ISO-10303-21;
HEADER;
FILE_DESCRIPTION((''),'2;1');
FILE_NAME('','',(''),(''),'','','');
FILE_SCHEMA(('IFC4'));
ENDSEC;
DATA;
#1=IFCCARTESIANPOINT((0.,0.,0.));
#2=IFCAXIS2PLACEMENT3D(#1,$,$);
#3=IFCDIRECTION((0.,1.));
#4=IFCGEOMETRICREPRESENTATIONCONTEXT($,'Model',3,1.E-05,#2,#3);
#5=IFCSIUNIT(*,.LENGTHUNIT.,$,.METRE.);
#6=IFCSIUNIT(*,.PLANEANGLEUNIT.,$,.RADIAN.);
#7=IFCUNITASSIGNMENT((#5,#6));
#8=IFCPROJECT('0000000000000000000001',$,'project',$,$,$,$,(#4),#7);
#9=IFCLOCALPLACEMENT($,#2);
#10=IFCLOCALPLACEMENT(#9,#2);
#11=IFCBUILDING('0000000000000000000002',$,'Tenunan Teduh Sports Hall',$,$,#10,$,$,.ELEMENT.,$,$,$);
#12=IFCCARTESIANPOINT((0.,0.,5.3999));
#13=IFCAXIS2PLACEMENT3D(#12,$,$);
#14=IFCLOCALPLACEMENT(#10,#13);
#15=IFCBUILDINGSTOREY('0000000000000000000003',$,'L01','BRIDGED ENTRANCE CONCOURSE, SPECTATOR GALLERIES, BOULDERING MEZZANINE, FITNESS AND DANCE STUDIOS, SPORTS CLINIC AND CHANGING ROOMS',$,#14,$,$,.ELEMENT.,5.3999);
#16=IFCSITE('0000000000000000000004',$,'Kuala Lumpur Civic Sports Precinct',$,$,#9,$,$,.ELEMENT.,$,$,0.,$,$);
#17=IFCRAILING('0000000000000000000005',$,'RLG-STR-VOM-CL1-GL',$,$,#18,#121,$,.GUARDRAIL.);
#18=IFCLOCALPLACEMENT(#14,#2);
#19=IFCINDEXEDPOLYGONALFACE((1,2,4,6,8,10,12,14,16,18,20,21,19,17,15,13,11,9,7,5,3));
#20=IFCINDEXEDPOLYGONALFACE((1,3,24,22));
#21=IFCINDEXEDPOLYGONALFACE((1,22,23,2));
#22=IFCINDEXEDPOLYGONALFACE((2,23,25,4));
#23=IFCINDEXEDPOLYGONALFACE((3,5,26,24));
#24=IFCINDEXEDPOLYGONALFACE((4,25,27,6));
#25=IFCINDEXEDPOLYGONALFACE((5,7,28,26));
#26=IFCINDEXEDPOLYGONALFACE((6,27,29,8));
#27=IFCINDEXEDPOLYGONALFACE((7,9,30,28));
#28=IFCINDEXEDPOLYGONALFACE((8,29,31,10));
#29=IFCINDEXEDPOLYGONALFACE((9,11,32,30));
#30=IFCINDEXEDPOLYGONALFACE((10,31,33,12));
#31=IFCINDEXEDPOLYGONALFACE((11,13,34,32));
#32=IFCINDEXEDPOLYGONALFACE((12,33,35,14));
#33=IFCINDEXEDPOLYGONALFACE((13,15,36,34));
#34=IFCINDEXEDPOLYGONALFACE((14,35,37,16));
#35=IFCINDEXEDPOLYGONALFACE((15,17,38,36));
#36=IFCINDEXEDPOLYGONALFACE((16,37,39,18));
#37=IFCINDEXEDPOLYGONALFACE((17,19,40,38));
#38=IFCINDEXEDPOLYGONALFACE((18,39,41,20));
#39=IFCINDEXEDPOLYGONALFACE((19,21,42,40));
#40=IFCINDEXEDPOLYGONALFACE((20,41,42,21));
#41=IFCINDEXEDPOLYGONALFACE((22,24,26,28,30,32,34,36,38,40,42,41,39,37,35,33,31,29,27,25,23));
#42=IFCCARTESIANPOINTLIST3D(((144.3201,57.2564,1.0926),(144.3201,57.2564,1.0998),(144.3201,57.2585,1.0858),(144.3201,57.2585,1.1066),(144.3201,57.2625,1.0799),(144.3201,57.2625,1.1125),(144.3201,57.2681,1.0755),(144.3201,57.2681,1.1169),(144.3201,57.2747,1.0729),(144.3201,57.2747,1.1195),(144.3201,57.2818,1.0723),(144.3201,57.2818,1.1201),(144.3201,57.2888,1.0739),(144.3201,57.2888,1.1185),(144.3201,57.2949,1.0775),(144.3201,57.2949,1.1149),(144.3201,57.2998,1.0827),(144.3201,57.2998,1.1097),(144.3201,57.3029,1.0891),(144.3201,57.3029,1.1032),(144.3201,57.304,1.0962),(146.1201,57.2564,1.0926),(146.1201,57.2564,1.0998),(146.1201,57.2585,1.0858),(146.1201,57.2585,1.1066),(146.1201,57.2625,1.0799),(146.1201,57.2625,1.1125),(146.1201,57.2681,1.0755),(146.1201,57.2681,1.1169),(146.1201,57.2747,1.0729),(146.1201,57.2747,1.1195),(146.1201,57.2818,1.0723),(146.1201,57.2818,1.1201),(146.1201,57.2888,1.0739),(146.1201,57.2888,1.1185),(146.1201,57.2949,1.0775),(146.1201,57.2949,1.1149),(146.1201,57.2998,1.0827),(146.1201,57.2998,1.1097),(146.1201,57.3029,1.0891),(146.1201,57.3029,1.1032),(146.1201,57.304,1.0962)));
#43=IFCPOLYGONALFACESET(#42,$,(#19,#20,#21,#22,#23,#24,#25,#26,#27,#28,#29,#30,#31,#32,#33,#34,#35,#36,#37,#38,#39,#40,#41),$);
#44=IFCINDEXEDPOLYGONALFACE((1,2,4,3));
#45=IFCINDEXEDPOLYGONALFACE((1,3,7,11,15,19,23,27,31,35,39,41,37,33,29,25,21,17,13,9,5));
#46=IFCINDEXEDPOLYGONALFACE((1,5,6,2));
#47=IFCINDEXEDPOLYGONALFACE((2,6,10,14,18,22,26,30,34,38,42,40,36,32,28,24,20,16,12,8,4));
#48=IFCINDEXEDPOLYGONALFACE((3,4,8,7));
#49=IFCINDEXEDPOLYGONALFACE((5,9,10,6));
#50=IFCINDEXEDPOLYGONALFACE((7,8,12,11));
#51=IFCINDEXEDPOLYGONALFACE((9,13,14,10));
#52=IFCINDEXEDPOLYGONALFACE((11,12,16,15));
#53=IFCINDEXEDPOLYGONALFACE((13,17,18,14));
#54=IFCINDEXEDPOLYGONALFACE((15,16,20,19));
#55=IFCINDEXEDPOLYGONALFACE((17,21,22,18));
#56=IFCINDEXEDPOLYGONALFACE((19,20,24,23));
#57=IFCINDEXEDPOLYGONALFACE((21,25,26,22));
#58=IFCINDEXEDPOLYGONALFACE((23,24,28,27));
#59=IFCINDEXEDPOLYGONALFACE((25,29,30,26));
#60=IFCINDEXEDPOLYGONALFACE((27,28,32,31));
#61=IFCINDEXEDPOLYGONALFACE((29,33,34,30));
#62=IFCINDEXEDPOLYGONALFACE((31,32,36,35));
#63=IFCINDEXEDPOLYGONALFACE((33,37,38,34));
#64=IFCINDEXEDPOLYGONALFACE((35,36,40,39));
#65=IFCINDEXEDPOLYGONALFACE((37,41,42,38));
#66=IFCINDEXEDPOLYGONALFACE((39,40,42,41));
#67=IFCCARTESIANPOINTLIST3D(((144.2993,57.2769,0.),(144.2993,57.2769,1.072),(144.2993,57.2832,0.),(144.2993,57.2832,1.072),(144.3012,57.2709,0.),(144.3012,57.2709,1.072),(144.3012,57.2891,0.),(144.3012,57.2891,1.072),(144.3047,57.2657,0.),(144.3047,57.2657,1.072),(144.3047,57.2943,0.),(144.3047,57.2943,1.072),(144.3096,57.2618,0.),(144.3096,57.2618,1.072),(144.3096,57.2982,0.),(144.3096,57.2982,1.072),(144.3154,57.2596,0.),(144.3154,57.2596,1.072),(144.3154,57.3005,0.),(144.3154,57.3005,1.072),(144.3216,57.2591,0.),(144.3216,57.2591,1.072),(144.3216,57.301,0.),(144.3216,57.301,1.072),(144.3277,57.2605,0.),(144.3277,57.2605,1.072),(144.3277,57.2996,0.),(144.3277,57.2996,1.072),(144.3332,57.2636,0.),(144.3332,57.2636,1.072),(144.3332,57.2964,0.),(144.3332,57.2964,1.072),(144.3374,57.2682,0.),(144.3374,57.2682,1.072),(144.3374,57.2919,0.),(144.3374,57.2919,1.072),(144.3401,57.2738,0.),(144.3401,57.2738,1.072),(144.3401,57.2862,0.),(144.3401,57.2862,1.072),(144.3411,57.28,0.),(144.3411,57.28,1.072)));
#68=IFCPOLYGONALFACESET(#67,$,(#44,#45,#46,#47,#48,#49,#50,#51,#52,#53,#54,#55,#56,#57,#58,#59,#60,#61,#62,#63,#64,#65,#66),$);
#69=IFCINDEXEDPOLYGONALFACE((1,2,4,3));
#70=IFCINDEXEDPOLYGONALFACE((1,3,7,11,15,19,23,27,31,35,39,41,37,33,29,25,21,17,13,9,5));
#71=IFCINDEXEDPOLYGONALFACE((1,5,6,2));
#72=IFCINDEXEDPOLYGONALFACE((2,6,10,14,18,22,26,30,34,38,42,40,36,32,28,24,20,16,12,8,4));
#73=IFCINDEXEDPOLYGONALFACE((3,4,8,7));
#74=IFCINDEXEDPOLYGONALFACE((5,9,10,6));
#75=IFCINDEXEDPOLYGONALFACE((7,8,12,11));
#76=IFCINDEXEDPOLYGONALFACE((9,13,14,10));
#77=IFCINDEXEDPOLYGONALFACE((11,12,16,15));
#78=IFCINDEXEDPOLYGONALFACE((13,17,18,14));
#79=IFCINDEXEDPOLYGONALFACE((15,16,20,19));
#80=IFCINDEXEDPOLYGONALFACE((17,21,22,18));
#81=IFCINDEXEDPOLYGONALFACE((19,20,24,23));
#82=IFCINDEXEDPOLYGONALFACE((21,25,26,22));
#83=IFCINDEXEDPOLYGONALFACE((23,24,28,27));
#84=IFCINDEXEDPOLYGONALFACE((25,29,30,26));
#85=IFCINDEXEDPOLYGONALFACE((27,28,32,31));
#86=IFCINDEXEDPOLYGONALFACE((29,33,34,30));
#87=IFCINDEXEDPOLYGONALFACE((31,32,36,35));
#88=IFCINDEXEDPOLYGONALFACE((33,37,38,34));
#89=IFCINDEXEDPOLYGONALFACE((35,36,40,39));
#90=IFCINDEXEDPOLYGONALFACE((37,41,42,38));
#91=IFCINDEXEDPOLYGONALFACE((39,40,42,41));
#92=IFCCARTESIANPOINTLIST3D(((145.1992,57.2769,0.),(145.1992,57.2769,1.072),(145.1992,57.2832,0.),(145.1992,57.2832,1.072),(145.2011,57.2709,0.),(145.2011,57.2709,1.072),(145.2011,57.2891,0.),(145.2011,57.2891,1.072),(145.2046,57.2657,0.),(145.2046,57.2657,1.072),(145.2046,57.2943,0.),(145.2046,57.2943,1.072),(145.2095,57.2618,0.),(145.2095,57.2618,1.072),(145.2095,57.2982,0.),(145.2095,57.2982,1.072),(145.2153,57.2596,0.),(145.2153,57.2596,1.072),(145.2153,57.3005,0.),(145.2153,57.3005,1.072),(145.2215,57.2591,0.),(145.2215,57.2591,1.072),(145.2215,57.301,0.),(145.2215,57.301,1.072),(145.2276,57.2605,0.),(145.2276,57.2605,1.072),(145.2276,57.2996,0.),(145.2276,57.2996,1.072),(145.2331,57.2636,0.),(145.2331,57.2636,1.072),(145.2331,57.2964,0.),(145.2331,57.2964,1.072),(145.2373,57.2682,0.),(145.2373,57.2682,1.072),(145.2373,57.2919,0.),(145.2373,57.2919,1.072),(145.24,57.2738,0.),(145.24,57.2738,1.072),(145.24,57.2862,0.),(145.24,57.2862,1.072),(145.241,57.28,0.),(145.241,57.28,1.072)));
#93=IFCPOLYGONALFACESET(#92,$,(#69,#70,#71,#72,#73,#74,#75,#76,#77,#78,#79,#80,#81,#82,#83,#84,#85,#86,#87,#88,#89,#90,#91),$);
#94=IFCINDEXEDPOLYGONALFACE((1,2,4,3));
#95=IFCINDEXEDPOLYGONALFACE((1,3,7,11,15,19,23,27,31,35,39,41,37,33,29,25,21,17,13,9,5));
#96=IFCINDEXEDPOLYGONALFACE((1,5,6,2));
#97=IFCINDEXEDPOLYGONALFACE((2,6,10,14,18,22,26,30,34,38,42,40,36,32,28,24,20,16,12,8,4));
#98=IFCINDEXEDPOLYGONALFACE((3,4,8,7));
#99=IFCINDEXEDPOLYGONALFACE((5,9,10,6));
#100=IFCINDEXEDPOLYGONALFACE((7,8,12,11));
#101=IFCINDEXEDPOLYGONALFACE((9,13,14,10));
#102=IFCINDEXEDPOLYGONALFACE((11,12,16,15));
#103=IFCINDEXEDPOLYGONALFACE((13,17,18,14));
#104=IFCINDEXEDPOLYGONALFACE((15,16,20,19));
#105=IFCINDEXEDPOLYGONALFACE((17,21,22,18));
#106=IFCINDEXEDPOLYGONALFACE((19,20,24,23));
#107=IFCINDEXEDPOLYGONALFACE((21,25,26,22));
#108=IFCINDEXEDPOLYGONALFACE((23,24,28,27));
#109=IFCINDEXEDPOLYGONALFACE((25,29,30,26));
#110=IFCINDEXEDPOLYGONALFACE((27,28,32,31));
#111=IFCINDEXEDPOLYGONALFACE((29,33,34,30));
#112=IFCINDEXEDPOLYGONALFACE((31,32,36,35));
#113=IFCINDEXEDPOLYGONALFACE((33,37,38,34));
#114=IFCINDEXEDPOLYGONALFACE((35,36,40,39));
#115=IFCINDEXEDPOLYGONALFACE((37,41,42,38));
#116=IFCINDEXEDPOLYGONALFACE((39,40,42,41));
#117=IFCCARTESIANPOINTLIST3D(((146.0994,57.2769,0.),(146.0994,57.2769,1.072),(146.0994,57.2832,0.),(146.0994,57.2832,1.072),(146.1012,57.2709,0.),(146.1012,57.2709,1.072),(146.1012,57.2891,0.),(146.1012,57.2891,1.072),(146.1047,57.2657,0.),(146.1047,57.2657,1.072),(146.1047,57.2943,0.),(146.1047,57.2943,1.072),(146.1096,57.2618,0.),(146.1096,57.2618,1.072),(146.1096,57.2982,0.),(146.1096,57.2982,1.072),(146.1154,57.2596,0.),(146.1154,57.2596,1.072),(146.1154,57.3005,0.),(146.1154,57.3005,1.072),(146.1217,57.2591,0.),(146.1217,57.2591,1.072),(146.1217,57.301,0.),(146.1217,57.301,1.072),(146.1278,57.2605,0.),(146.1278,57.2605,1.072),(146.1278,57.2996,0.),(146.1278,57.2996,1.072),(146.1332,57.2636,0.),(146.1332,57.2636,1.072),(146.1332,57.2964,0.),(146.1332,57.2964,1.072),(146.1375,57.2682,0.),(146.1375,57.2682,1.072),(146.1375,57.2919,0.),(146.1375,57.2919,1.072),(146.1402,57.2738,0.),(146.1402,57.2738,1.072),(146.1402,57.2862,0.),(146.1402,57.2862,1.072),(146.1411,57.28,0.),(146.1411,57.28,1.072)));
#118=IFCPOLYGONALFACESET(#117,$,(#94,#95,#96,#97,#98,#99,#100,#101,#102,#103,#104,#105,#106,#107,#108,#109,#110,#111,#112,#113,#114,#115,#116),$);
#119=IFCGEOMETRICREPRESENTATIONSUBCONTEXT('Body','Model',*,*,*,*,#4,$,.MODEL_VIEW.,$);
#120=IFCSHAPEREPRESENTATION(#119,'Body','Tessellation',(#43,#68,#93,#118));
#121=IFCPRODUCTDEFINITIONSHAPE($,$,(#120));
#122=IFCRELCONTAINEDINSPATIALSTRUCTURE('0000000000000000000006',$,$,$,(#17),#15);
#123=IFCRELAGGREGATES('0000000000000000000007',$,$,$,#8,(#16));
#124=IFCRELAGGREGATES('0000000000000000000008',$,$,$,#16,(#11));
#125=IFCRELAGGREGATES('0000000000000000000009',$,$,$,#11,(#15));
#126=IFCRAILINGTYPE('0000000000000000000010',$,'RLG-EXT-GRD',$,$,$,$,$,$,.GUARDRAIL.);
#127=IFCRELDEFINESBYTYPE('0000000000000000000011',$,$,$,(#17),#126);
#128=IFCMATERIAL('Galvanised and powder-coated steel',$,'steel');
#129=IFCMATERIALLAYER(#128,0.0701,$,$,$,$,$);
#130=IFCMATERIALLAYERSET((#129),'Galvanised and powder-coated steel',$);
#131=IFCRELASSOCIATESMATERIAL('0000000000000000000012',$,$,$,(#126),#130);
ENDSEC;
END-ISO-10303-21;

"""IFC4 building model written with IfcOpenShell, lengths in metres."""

from ifc_helpers import new_model, si_unit, direction, frame, origin, origin_2d, place, context, subcontext, project, spatial, circle, extrude, material, layer, layer_set, type_object, element, save


model = new_model("IFC4")

# Units and contexts
model_context = context("Model", 3, precision=1e-05, world=origin(), true_north=direction((0.0, 1.0)))
body_context = subcontext(model_context, "Body", "Model", "MODEL_VIEW")
ifc_project = project(units=[si_unit("LENGTHUNIT", "METRE"), si_unit("PLANEANGLEUNIT", "RADIAN")], contexts=[model_context])

# Site, building, storey
site_placement = place(None, origin())
site = spatial("IfcSite", under=ifc_project, at=site_placement, Name="Kuala Lumpur Civic Sports Precinct", CompositionType="ELEMENT", RefElevation=0.0)
building_placement = place(site_placement, origin())
building = spatial("IfcBuilding", under=site, at=building_placement, Name="Tenunan Teduh Sports Hall", CompositionType="ELEMENT")
storey_placement = place(building_placement, frame((0.0, 0.0, 5.3999)))
storey = spatial("IfcBuildingStorey", under=building, at=storey_placement, Name="L01", Description="BRIDGED ENTRANCE CONCOURSE, SPECTATOR GALLERIES, BOULDERING MEZZANINE, FITNESS AND DANCE STUDIOS, SPORTS CLINIC AND CHANGING ROOMS", CompositionType="ELEMENT", Elevation=5.3999)

# Railing
ifc_material_1 = material(Name="Galvanised and powder-coated steel", Category="steel")
ifc_layer_1 = layer(ifc_material_1, 0.0701)
ifc_layer_set_1 = layer_set([ifc_layer_1], Name="Galvanised and powder-coated steel")
railing_type = type_object("IfcRailingType", Name="RLG-EXT-GRD", PredefinedType="GUARDRAIL", material=ifc_layer_set_1)
railing_placement = place(storey_placement, frame((144.3201, 57.28, 0.0)))
element("IfcRailing", 1, at=railing_placement, inside=storey, type_object=railing_type, Name="RLG-STR-VOM-CL1-GL", PredefinedType="GUARDRAIL", context=body_context, shape_type="SweptSolid", body=[
    extrude(circle(Radius=0.0239, at=origin_2d()), frame((0.0, 0.0, 1.0962), z_axis=(1.0, 0.0, 0.0), x_axis=(0.0, 1.0, 0.0)), (0.0, 0.0, 1.0), 1.8),
    extrude(circle(Radius=0.021, at=origin_2d()), origin(), (0.0, 0.0, 1.0), 1.072),
    extrude(circle(Radius=0.021, at=origin_2d()), frame((0.8999, 0.0, 0.0)), (0.0, 0.0, 1.0), 1.072),
    extrude(circle(Radius=0.021, at=origin_2d()), frame((1.8, 0.0, 0.0)), (0.0, 0.0, 1.0), 1.072),
])

save(model, "model.ifc")
